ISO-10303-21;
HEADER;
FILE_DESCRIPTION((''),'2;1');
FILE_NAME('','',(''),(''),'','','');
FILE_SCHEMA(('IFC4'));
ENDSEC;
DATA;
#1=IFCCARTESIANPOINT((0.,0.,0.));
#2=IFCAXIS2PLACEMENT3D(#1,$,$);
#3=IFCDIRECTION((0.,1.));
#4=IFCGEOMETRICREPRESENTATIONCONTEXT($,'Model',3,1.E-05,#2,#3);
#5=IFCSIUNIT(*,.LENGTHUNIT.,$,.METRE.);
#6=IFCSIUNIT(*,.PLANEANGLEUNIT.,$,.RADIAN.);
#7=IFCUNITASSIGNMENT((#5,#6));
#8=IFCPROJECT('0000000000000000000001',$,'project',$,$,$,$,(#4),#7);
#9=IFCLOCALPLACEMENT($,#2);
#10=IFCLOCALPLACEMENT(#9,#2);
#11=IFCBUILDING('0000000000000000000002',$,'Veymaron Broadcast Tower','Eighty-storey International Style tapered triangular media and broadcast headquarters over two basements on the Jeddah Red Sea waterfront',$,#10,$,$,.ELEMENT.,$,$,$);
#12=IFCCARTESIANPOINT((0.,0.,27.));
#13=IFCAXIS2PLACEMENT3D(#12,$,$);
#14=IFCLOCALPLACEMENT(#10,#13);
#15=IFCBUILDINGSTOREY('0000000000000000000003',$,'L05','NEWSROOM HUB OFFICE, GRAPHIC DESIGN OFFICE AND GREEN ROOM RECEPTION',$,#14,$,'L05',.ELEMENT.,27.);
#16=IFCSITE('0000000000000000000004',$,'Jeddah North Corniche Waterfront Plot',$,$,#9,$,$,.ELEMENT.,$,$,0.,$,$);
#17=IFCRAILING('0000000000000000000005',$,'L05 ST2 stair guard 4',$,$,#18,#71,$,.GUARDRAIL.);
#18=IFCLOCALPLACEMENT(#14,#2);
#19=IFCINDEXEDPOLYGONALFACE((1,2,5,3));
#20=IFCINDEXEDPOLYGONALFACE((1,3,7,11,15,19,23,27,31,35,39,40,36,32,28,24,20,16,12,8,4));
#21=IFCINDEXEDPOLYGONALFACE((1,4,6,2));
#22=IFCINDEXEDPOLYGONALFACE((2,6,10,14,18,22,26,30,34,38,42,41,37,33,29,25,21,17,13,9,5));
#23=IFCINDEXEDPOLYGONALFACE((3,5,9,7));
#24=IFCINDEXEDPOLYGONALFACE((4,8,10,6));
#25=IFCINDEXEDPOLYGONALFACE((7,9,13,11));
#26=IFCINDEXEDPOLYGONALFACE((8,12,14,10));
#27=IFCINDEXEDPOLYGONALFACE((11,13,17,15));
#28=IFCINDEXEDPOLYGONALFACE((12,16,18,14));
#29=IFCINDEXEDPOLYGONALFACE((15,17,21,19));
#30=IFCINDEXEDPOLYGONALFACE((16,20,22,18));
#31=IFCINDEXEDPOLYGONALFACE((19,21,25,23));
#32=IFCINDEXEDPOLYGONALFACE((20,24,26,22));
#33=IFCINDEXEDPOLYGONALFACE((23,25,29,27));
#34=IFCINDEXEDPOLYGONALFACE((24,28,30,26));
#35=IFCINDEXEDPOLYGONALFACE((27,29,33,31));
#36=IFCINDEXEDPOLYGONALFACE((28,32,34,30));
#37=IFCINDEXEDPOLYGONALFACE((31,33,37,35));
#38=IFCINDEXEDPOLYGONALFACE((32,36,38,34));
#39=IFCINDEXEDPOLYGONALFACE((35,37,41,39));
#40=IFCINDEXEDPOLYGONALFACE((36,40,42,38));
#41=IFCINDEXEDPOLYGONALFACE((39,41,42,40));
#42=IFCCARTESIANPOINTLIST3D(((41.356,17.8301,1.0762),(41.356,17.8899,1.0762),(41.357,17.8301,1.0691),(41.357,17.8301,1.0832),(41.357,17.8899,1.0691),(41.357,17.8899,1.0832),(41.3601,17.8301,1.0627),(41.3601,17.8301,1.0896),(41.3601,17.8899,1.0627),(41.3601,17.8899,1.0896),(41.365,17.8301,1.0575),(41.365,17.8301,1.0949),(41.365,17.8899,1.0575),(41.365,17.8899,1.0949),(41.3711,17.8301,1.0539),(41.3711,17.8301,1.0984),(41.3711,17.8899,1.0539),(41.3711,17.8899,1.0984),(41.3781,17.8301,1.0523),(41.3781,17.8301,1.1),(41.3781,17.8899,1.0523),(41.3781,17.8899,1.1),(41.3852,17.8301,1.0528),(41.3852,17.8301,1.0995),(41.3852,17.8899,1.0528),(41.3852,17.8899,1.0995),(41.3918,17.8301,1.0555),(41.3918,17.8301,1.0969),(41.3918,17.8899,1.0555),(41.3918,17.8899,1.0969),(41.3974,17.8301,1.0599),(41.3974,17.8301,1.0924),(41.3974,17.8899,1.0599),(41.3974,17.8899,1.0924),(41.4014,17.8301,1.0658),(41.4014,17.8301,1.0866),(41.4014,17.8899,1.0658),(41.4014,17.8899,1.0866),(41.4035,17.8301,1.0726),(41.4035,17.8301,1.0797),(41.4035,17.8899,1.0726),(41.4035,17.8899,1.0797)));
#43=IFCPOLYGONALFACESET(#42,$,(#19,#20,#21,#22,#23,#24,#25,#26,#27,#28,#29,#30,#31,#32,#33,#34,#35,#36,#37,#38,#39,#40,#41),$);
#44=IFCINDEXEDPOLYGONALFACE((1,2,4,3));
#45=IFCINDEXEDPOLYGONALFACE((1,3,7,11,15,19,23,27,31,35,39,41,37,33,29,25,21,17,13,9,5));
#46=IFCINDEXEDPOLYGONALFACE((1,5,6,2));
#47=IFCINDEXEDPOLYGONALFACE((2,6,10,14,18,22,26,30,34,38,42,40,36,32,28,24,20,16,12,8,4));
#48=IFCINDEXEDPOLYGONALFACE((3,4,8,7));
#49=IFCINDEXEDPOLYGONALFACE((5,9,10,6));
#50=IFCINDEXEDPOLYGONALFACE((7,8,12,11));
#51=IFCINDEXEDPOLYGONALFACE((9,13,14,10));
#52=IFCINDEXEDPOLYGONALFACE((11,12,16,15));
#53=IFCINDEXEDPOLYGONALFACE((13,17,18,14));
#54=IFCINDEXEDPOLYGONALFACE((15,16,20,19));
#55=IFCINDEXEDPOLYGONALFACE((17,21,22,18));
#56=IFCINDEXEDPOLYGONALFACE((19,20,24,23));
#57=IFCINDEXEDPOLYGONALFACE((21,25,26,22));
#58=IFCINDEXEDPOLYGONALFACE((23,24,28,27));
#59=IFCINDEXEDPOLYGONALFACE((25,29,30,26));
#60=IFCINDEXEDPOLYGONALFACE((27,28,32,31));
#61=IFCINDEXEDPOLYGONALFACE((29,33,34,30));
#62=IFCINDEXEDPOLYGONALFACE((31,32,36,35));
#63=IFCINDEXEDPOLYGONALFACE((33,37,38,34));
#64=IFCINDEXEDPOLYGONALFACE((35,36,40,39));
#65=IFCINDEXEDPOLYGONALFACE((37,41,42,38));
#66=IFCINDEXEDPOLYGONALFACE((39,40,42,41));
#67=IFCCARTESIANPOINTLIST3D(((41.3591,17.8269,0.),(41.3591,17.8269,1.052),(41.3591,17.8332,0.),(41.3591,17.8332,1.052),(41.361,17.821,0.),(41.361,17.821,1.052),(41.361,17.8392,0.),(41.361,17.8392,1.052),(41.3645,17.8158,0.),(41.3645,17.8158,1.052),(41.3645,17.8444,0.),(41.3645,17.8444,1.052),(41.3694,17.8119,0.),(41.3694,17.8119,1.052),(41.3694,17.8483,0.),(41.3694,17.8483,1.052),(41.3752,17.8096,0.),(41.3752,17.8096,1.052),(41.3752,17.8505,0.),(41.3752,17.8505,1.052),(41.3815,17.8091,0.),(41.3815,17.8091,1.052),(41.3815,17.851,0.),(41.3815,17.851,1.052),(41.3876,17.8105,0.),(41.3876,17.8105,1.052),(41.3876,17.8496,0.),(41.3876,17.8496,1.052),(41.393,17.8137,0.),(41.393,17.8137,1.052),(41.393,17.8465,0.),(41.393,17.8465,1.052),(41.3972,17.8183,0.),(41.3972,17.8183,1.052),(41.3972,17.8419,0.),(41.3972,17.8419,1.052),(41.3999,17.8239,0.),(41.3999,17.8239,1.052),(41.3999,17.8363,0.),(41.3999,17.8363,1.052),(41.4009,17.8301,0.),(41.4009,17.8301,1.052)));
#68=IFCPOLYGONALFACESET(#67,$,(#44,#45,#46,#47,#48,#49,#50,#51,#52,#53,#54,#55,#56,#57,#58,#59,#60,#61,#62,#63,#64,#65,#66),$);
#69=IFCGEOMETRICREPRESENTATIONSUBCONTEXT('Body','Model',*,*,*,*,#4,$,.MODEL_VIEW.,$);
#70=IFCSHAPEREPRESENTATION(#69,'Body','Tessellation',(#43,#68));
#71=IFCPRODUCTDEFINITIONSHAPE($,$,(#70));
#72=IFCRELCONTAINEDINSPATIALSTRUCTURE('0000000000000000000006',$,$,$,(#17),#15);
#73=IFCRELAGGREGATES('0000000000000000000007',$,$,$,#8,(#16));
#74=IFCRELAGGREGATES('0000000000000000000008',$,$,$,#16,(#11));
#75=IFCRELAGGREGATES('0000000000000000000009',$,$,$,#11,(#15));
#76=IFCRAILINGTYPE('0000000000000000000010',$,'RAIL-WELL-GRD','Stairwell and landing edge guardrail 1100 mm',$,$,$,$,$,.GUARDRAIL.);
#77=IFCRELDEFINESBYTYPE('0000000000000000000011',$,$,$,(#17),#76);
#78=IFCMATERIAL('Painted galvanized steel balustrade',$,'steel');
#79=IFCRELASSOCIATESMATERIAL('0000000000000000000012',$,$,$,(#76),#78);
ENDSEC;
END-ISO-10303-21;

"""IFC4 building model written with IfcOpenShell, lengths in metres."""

from ifc_helpers import new_model, si_unit, direction, frame, origin, origin_2d, place, context, subcontext, project, spatial, circle, extrude, material, type_object, element, save


model = new_model("IFC4")

# Units and contexts
model_context = context("Model", 3, precision=1e-05, world=origin(), true_north=direction((0.0, 1.0)))
body_context = subcontext(model_context, "Body", "Model", "MODEL_VIEW")
ifc_project = project(units=[si_unit("LENGTHUNIT", "METRE"), si_unit("PLANEANGLEUNIT", "RADIAN")], contexts=[model_context])

# Site, building, storey
site_placement = place(None, origin())
site = spatial("IfcSite", under=ifc_project, at=site_placement, Name="Jeddah North Corniche Waterfront Plot", CompositionType="ELEMENT", RefElevation=0.0)
building_placement = place(site_placement, origin())
building = spatial("IfcBuilding", under=site, at=building_placement, Name="Veymaron Broadcast Tower", Description="Eighty-storey International Style tapered triangular media and broadcast headquarters over two basements on the Jeddah Red Sea waterfront", CompositionType="ELEMENT")
storey_placement = place(building_placement, frame((0.0, 0.0, 27.0)))
storey = spatial("IfcBuildingStorey", under=building, at=storey_placement, Name="L05", Description="NEWSROOM HUB OFFICE, GRAPHIC DESIGN OFFICE AND GREEN ROOM RECEPTION", LongName="L05", CompositionType="ELEMENT", Elevation=27.0)

# Railing
ifc_material_1 = material(Name="Painted galvanized steel balustrade", Category="steel")
railing_type_1 = type_object("IfcRailingType", Name="RAIL-WELL-GRD", Description="Stairwell and landing edge guardrail 1100 mm", PredefinedType="GUARDRAIL", material=ifc_material_1)
railing_1_placement = place(storey_placement, frame((41.3799, 17.8301, 0.0)))
element("IfcRailing", 1, at=railing_1_placement, inside=storey, type_object=railing_type_1, Name="L05 ST2 stair guard 4", PredefinedType="GUARDRAIL", context=body_context, shape_type="SweptSolid", body=[
    extrude(circle(Radius=0.0239, at=origin_2d()), frame((0.0, 0.0, 1.0762), z_axis=(0.0, 1.0, 0.0), x_axis=(-1.0, 0.0, 0.0)), (0.0, 0.0, 1.0), 0.0598),
    extrude(circle(Radius=0.021, at=origin_2d()), origin(), (0.0, 0.0, 1.0), 1.052),
])

save(model, "model.ifc")
